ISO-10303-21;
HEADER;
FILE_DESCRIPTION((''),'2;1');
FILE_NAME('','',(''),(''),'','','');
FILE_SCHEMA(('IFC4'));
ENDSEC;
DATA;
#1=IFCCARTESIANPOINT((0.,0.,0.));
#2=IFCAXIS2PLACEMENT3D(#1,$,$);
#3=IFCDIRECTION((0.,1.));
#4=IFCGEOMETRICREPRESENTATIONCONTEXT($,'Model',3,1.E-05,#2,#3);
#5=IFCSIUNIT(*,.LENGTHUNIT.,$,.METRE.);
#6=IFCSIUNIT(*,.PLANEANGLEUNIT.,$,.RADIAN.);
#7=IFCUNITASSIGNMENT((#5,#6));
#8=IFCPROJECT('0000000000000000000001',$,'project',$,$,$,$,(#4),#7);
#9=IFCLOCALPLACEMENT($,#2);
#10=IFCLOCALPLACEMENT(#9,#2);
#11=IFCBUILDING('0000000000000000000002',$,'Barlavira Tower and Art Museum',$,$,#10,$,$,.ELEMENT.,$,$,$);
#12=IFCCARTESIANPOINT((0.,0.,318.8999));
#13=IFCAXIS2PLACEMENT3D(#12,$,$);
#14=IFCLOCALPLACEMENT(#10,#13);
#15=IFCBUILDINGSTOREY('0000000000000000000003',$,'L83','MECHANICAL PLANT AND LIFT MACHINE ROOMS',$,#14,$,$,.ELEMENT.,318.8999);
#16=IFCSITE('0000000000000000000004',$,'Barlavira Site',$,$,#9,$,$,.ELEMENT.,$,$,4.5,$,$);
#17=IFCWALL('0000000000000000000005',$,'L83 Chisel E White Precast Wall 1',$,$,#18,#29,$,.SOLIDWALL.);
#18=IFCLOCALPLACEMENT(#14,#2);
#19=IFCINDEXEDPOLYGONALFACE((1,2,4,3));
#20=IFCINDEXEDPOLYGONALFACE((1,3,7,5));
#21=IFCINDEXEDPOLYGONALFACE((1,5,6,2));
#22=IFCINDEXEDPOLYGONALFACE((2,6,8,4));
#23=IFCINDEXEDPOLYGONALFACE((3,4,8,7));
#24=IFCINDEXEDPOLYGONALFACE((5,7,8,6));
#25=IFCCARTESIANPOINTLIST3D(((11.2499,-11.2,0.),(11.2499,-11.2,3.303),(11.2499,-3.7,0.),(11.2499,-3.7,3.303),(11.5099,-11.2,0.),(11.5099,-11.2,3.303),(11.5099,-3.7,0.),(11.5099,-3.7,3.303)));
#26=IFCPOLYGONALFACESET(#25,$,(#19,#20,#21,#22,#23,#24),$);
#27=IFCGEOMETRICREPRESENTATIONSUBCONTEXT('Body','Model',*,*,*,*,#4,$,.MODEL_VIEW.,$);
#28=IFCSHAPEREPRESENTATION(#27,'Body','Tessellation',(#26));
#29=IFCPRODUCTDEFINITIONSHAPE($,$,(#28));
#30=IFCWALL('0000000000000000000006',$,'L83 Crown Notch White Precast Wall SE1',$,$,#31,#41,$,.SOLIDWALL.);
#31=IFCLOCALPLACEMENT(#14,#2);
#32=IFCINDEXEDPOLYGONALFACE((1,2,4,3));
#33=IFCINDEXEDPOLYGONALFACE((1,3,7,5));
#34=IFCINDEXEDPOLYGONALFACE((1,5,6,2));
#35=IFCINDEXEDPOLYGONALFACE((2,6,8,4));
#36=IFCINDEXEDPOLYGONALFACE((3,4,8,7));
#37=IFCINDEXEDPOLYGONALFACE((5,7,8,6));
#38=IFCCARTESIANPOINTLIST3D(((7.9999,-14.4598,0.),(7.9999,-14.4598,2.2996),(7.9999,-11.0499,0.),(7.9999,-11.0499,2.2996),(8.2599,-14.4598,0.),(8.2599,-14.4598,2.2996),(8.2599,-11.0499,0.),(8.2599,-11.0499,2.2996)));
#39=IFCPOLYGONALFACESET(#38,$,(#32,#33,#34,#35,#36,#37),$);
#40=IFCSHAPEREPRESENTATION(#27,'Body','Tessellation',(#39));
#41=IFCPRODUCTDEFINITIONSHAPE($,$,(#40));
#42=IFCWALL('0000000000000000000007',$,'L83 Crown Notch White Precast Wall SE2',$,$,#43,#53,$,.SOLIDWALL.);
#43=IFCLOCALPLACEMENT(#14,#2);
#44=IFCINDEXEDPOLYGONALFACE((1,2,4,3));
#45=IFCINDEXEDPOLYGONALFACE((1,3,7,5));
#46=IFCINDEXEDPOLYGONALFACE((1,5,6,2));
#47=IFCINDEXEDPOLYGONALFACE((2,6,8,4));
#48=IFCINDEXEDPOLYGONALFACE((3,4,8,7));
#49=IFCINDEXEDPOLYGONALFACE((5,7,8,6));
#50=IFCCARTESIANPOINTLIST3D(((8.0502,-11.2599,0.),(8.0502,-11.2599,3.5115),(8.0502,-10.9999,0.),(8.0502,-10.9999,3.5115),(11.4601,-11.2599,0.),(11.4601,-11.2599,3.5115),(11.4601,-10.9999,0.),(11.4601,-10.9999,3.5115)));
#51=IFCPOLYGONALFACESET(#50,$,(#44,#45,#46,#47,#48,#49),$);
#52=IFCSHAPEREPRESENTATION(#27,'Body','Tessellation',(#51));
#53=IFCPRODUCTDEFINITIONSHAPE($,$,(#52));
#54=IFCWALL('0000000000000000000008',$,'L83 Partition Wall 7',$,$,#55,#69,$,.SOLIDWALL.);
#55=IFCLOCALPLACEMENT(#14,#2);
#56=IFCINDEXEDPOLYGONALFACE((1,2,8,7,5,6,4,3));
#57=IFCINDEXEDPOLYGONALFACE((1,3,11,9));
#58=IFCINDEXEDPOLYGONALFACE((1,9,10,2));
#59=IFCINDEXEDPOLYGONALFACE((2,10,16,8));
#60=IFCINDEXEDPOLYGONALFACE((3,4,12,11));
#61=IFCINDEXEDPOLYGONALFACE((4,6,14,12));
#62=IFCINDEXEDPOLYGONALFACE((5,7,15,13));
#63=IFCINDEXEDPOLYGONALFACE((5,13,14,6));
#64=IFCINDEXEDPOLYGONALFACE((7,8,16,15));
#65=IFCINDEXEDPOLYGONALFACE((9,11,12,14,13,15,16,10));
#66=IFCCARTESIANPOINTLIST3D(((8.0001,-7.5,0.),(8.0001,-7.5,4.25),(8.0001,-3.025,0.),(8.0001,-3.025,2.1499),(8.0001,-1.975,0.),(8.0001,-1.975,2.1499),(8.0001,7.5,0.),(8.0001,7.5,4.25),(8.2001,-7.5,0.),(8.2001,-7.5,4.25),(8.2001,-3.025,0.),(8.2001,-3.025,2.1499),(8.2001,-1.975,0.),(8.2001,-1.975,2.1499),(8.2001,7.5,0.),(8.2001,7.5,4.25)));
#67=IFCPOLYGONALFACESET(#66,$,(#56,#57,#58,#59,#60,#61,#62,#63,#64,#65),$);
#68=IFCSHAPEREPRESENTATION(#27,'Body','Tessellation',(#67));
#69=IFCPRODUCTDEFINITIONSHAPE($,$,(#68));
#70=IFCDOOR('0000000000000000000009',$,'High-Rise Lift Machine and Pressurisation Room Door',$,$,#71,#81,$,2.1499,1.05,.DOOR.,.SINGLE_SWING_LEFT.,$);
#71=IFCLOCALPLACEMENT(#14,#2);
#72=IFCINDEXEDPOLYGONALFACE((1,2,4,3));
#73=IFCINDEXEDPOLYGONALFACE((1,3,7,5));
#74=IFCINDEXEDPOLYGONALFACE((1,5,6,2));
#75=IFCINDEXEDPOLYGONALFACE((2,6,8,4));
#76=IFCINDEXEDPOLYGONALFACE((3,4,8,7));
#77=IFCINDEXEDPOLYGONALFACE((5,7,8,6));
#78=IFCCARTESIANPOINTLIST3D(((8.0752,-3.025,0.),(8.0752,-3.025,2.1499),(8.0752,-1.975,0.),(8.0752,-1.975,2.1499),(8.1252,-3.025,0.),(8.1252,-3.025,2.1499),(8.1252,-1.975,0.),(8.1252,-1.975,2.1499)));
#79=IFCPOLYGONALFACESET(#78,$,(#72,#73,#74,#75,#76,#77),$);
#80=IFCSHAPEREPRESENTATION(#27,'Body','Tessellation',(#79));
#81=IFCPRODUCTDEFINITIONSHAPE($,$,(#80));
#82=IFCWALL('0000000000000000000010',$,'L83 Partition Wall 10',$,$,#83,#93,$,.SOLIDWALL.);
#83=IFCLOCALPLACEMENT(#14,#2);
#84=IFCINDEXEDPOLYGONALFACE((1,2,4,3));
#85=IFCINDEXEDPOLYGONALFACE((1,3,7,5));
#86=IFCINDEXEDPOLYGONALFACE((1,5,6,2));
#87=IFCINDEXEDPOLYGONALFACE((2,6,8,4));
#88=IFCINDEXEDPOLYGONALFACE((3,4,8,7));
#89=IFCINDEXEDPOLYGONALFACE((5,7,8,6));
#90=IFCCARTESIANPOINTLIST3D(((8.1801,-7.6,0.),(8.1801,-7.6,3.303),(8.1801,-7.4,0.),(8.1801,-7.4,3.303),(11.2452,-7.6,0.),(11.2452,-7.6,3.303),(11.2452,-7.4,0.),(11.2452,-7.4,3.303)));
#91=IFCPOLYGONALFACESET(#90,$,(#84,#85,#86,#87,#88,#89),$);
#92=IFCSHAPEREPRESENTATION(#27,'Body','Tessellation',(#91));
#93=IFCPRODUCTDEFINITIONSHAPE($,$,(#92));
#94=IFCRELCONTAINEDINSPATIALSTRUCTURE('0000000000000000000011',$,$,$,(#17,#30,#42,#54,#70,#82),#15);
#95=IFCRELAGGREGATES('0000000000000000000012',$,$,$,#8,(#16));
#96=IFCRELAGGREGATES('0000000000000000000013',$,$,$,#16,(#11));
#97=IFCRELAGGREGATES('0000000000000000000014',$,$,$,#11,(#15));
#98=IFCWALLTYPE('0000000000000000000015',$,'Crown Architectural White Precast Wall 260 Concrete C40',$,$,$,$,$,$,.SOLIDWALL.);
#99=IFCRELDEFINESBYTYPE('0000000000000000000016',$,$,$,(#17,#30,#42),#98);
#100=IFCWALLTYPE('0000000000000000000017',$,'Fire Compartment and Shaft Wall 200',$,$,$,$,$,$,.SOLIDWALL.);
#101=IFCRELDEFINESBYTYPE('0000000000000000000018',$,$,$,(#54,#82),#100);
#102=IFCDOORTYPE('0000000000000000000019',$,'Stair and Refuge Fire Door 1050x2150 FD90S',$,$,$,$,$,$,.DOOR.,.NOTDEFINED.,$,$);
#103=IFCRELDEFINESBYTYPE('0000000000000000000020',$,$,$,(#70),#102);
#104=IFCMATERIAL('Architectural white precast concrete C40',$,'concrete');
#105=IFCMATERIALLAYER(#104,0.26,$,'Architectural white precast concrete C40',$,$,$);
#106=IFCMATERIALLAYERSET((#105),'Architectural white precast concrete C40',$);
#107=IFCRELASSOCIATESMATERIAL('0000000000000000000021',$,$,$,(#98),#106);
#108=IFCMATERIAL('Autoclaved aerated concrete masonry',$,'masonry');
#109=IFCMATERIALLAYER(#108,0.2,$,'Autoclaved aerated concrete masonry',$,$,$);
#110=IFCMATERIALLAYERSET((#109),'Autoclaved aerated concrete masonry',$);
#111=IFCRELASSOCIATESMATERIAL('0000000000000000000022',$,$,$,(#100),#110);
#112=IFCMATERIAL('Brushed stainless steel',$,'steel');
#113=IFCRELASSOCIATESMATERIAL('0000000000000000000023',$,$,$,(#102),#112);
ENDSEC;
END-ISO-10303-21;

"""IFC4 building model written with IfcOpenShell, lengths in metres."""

from ifc_helpers import new_model, si_unit, direction, frame, frame_2d, origin, place, context, subcontext, project, spatial, rectangle, extrude, material, layer, layer_set, type_object, element, fill, save


model = new_model("IFC4")

# Units and contexts
model_context = context("Model", 3, precision=1e-05, world=origin(), true_north=direction((0.0, 1.0)))
body_context = subcontext(model_context, "Body", "Model", "MODEL_VIEW")
ifc_project = project(units=[si_unit("LENGTHUNIT", "METRE"), si_unit("PLANEANGLEUNIT", "RADIAN")], contexts=[model_context])

# Site, building, storey
site_placement = place(None, origin())
site = spatial("IfcSite", under=ifc_project, at=site_placement, Name="Barlavira Site", CompositionType="ELEMENT", RefElevation=4.5)
building_placement = place(site_placement, origin())
building = spatial("IfcBuilding", under=site, at=building_placement, Name="Barlavira Tower and Art Museum", CompositionType="ELEMENT")
storey_placement = place(building_placement, frame((0.0, 0.0, 318.8999)))
storey = spatial("IfcBuildingStorey", under=building, at=storey_placement, Name="L83", Description="MECHANICAL PLANT AND LIFT MACHINE ROOMS", CompositionType="ELEMENT", Elevation=318.8999)

# Walls
ifc_material_1 = material(Name="Architectural white precast concrete C40", Category="concrete")
ifc_layer_1 = layer(ifc_material_1, 0.26, Name="Architectural white precast concrete C40")
ifc_layer_set_1 = layer_set([ifc_layer_1], Name="Architectural white precast concrete C40")
wall_type_1 = type_object("IfcWallType", Name="Crown Architectural White Precast Wall 260 Concrete C40", PredefinedType="SOLIDWALL", material=ifc_layer_set_1)
wall_1_placement = place(storey_placement, frame((11.3799, -11.2, 0.0), z_axis=(0.0, 0.0, 1.0), x_axis=(0.0, 1.0, 0.0)))
element("IfcWall", 1, at=wall_1_placement, inside=storey, type_object=wall_type_1, Name="L83 Chisel E White Precast Wall 1", PredefinedType="SOLIDWALL", context=body_context, shape_type="SweptSolid", body=[
    extrude(rectangle(XDim=7.5, YDim=0.26, at=frame_2d((3.75, 0.0))), origin(), (0.0, 0.0, 1.0), 3.303),
])
wall_2_placement = place(storey_placement, frame((8.1299, -14.46, 0.0), z_axis=(0.0, 0.0, 1.0), x_axis=(0.0, 1.0, 0.0)))
element("IfcWall", 2, at=wall_2_placement, inside=storey, type_object=wall_type_1, Name="L83 Crown Notch White Precast Wall SE1", PredefinedType="SOLIDWALL", context=body_context, shape_type="SweptSolid", body=[
    extrude(rectangle(XDim=3.4099, YDim=0.26, at=frame_2d((1.7051, 0.0))), origin(), (0.0, 0.0, 1.0), 2.2996),
])
wall_3_placement = place(storey_placement, frame((8.05, -11.1299, 0.0), z_axis=(0.0, 0.0, 1.0), x_axis=(1.0, 0.0, 0.0)))
element("IfcWall", 3, at=wall_3_placement, inside=storey, type_object=wall_type_1, Name="L83 Crown Notch White Precast Wall SE2", PredefinedType="SOLIDWALL", context=body_context, shape_type="SweptSolid", body=[
    extrude(rectangle(XDim=3.4099, YDim=0.26, at=frame_2d((1.7051, 0.0))), origin(), (0.0, 0.0, 1.0), 3.5115),
])

# Wall, opening, door
ifc_material_2 = material(Name="Autoclaved aerated concrete masonry", Category="masonry")
ifc_layer_2 = layer(ifc_material_2, 0.2, Name="Autoclaved aerated concrete masonry")
ifc_layer_set_2 = layer_set([ifc_layer_2], Name="Autoclaved aerated concrete masonry")
wall_type_2 = type_object("IfcWallType", Name="Fire Compartment and Shaft Wall 200", PredefinedType="SOLIDWALL", material=ifc_layer_set_2)
wall_4_placement = place(storey_placement, frame((8.1001, -7.5, 0.0), z_axis=(0.0, 0.0, 1.0), x_axis=(0.0, 1.0, 0.0)))
wall_4 = element("IfcWall", 4, at=wall_4_placement, inside=storey, type_object=wall_type_2, Name="L83 Partition Wall 7", PredefinedType="SOLIDWALL", context=body_context, shape_type="SweptSolid", body=[
    extrude(rectangle(XDim=15.0, YDim=0.2, at=frame_2d((7.5, 0.0))), origin(), (0.0, 0.0, 1.0), 4.25),
])
opening_placement = place(wall_4_placement, frame((4.4751, 0.0, 0.0)))
opening = element("IfcOpeningElement", 5, at=opening_placement, cuts=wall_4, PredefinedType="OPENING", context=body_context, shape_type="SweptSolid", body=[
    extrude(rectangle(XDim=1.05, YDim=2.1499, at=frame_2d((0.5249, 1.075))), frame((0.0, 0.1099, 0.0), z_axis=(0.0, -1.0, 0.0), x_axis=(1.0, 0.0, 0.0)), (0.0, 0.0, 1.0), 0.22),
])
ifc_material_3 = material(Name="Brushed stainless steel", Category="steel")
door_type = type_object("IfcDoorType", Name="Stair and Refuge Fire Door 1050x2150 FD90S", OperationType="NOTDEFINED", PredefinedType="DOOR", material=ifc_material_3)
door_placement = place(opening_placement, origin())
door = element("IfcDoor", 6, at=door_placement, inside=storey, type_object=door_type, Name="High-Rise Lift Machine and Pressurisation Room Door", OperationType="SINGLE_SWING_LEFT", OverallHeight=2.1499, OverallWidth=1.05, PredefinedType="DOOR", context=body_context, shape_type="SweptSolid", body=[
    extrude(rectangle(XDim=1.05, YDim=2.1499, at=frame_2d((0.5249, 1.075))), frame((0.0, 0.0249, 0.0), z_axis=(0.0, -1.0, 0.0), x_axis=(1.0, 0.0, 0.0)), (0.0, 0.0, 1.0), 0.05),
])
fill(opening, door)

# Wall
wall_5_placement = place(storey_placement, frame((8.1799, -7.5, 0.0), z_axis=(0.0, 0.0, 1.0), x_axis=(1.0, 0.0, 0.0)))
element("IfcWall", 7, at=wall_5_placement, inside=storey, type_object=wall_type_2, Name="L83 Partition Wall 10", PredefinedType="SOLIDWALL", context=body_context, shape_type="SweptSolid", body=[
    extrude(rectangle(XDim=3.0652, YDim=0.2, at=frame_2d((1.5327, 0.0))), origin(), (0.0, 0.0, 1.0), 3.303),
])

save(model, "model.ifc")
